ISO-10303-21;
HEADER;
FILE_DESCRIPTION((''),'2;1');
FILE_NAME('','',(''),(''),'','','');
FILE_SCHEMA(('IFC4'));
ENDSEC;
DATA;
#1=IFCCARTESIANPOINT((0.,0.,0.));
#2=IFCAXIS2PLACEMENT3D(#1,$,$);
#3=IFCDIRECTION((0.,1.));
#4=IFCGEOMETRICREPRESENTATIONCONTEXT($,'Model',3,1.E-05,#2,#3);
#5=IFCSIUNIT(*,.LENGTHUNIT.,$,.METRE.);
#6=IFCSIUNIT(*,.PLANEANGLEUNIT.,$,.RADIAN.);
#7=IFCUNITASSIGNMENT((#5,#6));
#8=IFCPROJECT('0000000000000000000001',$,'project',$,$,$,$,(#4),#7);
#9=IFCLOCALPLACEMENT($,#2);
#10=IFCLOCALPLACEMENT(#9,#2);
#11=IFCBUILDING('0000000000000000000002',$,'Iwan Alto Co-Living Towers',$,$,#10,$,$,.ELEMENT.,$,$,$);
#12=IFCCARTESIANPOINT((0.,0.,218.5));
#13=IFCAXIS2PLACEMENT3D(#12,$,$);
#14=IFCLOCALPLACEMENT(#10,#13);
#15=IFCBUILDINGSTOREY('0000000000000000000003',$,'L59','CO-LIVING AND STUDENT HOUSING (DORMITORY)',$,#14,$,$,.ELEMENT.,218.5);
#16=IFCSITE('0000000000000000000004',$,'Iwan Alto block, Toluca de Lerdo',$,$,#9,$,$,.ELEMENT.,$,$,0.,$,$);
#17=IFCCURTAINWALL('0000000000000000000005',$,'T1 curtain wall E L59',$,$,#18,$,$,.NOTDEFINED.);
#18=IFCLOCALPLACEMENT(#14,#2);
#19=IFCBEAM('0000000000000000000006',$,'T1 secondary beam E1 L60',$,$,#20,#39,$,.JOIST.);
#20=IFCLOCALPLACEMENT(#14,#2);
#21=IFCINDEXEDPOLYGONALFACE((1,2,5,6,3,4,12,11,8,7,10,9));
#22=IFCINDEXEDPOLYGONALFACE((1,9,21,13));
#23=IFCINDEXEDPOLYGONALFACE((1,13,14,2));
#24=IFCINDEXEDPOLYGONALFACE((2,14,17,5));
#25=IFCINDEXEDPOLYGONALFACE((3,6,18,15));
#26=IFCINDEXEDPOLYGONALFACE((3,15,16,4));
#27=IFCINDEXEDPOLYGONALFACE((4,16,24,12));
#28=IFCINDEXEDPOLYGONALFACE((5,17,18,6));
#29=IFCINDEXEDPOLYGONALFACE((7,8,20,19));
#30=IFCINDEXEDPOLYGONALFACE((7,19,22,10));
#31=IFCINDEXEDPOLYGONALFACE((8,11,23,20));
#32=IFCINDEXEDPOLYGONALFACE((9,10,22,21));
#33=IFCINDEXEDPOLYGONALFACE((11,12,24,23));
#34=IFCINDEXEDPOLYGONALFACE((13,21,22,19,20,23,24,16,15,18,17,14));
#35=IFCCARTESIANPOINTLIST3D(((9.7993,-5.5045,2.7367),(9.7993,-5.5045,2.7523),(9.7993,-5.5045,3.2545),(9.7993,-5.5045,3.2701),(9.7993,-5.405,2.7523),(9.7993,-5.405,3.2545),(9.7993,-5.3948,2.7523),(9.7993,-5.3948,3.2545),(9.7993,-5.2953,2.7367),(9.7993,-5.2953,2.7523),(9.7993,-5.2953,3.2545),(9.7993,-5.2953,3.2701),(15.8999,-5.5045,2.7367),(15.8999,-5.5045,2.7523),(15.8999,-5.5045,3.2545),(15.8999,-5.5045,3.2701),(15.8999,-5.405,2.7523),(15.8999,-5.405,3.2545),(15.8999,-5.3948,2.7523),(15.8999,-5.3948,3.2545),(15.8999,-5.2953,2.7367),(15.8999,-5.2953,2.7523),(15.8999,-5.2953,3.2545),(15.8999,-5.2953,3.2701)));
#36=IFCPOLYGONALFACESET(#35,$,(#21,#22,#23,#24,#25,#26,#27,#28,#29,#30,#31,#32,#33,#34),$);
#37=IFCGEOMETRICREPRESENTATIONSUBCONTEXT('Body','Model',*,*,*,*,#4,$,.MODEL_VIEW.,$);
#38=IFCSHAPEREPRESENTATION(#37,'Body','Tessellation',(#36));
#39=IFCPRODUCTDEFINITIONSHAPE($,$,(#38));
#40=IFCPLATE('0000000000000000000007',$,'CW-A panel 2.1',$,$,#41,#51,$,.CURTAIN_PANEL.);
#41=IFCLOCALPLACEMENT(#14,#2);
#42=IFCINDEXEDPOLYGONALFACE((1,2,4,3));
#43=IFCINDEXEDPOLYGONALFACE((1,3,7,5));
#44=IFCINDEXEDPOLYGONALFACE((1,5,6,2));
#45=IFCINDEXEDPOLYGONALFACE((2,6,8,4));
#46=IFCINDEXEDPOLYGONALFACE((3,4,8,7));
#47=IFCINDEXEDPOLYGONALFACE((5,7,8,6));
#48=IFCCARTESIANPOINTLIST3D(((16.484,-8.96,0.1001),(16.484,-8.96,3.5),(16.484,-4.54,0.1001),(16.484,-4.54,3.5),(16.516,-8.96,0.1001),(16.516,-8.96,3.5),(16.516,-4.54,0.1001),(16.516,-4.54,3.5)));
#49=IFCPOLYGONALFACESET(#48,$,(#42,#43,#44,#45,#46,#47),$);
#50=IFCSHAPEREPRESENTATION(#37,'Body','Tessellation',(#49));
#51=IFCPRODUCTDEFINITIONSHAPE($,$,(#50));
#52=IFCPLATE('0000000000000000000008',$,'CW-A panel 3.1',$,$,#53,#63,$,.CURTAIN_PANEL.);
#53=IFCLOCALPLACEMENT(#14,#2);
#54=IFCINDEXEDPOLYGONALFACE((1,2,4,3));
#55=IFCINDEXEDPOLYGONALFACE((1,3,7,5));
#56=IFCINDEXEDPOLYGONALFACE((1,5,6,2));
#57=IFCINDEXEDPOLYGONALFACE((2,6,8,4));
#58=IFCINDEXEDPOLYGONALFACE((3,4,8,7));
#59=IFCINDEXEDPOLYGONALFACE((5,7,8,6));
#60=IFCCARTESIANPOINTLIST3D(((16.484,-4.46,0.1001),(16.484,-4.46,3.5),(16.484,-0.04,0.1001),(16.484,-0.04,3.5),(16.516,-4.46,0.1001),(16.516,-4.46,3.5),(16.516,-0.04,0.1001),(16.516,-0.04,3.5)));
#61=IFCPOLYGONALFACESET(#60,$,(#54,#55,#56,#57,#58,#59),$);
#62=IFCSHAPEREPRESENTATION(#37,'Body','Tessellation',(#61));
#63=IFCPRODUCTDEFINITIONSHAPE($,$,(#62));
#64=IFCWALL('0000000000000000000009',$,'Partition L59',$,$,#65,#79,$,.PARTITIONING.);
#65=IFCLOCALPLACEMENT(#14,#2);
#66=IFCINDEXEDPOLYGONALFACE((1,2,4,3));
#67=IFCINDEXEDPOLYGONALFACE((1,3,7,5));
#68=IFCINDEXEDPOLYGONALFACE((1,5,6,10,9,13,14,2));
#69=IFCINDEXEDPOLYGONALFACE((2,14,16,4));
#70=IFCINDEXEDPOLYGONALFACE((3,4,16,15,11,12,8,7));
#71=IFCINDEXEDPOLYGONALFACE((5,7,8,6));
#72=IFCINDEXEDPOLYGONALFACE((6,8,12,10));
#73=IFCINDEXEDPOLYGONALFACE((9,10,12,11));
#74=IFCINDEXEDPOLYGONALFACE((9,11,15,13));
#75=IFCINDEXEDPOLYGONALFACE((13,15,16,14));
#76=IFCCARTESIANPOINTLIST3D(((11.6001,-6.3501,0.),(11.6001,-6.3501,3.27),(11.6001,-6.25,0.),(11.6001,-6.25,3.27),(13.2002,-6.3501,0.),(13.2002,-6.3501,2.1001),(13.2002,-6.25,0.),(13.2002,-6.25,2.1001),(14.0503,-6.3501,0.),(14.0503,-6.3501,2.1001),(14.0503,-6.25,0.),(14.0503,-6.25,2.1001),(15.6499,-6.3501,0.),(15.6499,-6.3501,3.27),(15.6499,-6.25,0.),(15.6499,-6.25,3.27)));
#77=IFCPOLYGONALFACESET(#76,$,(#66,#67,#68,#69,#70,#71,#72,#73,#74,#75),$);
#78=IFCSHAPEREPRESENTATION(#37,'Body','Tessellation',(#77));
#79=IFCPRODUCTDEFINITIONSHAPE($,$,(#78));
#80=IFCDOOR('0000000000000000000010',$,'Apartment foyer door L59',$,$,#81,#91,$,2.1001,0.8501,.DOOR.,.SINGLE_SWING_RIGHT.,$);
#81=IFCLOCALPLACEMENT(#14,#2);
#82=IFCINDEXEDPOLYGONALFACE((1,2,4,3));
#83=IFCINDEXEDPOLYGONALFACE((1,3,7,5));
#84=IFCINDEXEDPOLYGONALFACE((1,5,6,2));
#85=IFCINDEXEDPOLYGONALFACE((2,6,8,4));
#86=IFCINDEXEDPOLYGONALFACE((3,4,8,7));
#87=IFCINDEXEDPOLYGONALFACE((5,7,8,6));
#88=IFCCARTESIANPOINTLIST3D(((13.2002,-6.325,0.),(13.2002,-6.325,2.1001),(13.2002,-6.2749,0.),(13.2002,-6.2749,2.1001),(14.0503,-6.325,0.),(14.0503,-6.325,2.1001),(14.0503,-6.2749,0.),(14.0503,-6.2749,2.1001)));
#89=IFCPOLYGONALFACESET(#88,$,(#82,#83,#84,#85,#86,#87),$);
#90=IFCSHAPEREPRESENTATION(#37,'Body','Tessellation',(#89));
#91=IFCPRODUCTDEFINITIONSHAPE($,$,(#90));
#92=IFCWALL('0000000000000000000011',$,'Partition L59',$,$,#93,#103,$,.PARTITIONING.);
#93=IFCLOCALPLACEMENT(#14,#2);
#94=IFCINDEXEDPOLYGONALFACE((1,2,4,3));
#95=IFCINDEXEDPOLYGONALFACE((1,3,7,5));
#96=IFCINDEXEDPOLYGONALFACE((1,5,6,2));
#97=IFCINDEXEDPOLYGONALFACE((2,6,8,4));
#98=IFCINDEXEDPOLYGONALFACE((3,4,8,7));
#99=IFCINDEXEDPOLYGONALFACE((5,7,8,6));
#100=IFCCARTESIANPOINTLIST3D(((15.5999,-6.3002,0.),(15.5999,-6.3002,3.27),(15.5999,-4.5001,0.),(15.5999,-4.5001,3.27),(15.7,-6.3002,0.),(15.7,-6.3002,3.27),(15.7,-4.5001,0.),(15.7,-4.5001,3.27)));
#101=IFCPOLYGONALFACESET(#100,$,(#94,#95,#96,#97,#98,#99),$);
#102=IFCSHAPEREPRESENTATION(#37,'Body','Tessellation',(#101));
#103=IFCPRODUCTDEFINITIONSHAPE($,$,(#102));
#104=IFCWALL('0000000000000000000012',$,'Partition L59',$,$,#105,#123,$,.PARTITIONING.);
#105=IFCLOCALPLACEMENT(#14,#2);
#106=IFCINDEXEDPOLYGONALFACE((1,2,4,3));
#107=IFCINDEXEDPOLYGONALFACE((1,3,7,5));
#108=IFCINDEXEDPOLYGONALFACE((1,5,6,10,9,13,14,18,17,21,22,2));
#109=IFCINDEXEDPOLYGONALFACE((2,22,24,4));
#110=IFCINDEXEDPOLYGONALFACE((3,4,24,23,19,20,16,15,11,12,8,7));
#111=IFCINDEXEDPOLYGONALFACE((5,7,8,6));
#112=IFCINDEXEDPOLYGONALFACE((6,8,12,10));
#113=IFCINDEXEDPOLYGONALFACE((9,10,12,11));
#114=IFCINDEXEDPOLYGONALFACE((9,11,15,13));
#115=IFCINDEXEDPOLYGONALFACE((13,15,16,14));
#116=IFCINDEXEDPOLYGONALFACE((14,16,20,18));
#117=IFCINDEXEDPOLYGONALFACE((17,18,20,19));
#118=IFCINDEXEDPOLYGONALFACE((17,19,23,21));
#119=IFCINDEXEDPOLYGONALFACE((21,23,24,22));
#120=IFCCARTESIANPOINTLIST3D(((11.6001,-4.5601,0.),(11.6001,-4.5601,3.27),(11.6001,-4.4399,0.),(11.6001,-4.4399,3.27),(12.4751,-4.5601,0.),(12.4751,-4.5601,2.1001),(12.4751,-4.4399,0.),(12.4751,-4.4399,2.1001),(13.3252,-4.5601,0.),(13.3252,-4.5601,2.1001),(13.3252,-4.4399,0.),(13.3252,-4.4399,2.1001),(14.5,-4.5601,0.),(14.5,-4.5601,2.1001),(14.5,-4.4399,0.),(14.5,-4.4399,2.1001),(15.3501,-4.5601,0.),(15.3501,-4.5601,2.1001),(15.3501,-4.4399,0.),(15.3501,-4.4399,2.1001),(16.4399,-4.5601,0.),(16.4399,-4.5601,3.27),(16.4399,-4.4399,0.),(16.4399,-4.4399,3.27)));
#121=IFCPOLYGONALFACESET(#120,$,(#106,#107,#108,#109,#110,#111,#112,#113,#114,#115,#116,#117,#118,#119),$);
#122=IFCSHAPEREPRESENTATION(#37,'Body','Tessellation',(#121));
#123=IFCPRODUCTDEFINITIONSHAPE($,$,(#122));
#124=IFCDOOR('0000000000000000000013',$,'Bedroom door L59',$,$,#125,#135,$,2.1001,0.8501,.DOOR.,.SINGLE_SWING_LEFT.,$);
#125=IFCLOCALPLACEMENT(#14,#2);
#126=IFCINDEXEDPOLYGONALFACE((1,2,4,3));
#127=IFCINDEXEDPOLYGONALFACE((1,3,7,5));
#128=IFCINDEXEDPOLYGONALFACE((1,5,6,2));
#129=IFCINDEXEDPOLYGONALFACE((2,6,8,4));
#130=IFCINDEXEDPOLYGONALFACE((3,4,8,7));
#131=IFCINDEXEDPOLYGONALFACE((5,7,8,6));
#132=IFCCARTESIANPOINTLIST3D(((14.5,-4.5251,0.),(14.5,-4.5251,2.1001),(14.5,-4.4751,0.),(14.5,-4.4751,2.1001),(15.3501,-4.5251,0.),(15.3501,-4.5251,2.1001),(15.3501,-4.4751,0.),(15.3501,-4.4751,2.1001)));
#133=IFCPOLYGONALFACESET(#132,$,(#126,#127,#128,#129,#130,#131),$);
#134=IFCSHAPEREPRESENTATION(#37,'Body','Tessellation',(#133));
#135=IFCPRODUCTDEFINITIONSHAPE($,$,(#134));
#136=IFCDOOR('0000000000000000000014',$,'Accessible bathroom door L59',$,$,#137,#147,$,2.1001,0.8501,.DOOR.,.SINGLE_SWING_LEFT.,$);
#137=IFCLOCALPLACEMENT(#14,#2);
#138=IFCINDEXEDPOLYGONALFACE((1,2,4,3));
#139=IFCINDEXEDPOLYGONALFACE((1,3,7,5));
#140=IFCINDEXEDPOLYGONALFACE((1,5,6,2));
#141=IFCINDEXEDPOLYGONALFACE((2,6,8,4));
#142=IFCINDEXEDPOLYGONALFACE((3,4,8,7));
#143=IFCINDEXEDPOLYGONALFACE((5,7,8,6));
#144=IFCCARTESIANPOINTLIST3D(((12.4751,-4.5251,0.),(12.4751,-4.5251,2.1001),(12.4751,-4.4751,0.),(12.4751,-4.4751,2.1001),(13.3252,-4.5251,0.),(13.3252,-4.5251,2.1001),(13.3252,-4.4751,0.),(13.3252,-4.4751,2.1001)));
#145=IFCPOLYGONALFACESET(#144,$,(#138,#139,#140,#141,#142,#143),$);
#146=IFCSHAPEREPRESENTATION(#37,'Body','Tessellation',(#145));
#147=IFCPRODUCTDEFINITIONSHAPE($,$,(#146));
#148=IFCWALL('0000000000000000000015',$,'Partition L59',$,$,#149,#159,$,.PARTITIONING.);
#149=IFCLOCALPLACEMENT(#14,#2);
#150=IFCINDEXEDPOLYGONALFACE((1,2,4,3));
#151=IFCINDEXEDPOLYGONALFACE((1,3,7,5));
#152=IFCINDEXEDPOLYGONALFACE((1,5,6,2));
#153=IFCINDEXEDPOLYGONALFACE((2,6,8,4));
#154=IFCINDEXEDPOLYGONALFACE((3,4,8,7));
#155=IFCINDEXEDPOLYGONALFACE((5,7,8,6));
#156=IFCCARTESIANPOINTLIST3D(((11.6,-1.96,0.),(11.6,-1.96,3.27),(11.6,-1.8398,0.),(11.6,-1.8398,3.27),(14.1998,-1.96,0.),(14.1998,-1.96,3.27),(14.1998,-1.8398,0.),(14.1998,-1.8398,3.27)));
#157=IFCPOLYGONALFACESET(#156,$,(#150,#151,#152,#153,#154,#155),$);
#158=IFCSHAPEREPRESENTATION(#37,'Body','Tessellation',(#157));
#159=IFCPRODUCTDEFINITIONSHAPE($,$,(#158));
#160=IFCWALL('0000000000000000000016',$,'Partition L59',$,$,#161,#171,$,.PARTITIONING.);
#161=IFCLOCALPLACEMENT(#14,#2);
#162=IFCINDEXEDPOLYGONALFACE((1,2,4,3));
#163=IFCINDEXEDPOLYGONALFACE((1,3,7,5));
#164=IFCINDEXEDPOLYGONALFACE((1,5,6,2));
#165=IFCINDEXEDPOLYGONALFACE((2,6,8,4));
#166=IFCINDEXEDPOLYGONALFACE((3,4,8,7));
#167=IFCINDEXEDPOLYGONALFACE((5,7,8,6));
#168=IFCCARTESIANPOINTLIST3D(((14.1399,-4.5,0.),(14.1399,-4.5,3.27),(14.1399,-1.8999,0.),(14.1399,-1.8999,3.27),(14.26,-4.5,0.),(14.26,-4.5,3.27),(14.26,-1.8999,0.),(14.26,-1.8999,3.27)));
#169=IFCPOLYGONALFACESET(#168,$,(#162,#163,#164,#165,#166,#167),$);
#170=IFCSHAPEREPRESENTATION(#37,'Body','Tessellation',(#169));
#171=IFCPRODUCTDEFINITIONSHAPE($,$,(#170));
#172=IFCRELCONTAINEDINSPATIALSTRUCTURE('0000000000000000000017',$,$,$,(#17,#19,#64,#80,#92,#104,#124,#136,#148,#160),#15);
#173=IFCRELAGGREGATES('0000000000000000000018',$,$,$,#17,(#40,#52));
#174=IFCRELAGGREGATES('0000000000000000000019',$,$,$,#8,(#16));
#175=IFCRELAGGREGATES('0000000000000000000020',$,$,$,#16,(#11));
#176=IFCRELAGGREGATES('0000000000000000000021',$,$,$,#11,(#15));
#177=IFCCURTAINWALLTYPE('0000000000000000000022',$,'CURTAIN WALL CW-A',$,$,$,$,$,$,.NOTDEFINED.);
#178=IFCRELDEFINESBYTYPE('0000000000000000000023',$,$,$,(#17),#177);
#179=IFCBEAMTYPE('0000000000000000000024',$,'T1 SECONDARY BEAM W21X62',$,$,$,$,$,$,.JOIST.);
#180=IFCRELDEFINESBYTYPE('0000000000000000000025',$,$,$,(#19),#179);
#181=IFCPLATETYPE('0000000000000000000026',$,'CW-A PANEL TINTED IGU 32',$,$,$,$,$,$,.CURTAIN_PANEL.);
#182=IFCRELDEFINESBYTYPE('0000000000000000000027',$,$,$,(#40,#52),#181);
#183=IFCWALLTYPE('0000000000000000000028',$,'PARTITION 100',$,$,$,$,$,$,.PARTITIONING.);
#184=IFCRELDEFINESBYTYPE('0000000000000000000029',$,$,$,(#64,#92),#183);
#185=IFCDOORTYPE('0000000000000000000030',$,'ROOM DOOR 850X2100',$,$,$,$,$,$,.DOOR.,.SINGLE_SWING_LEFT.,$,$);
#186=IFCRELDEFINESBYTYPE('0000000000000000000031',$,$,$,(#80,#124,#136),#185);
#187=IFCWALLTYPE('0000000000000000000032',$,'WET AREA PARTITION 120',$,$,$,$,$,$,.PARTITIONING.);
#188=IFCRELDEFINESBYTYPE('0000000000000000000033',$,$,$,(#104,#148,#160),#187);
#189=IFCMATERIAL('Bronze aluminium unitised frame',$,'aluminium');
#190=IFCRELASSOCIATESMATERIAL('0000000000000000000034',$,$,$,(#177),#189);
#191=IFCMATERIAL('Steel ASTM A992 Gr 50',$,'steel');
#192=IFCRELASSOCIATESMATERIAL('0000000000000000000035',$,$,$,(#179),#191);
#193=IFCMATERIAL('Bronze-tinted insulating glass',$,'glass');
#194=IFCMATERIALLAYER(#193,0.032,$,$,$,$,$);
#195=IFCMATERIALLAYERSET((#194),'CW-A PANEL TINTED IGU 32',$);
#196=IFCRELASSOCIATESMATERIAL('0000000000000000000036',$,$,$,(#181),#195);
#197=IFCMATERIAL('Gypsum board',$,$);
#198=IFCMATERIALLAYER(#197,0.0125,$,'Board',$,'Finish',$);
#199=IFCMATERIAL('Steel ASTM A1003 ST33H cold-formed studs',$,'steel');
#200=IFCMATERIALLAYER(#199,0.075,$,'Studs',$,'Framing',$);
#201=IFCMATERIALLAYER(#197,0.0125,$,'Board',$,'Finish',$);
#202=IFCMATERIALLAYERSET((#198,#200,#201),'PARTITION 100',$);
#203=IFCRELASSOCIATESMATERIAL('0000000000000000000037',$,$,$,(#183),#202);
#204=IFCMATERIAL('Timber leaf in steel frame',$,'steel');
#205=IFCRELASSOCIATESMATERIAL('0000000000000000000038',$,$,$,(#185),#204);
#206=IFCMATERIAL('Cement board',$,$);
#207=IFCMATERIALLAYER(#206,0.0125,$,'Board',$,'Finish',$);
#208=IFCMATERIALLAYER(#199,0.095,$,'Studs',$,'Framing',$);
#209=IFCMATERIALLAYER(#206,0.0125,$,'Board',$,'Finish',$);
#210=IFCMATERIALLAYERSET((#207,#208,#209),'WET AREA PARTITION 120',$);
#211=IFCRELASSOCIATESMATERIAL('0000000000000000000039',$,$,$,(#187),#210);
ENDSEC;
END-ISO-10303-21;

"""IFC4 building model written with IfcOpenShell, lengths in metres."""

from ifc_helpers import new_model, si_unit, direction, frame, frame_2d, origin, origin_2d, place, context, subcontext, project, spatial, rectangle, i_section, extrude, material, layer, layer_set, material_profile, profile_set, type_object, element, fill, aggregate, save


model = new_model("IFC4")

# Units and contexts
model_context = context("Model", 3, precision=1e-05, world=origin(), true_north=direction((0.0, 1.0)))
body_context = subcontext(model_context, "Body", "Model", "MODEL_VIEW")
ifc_project = project(units=[si_unit("LENGTHUNIT", "METRE"), si_unit("PLANEANGLEUNIT", "RADIAN")], contexts=[model_context])

# Site, building, storey
site_placement = place(None, origin())
site = spatial("IfcSite", under=ifc_project, at=site_placement, Name="Iwan Alto block, Toluca de Lerdo", CompositionType="ELEMENT", RefElevation=0.0)
building_placement = place(site_placement, origin())
building = spatial("IfcBuilding", under=site, at=building_placement, Name="Iwan Alto Co-Living Towers", CompositionType="ELEMENT")
storey_placement = place(building_placement, frame((0.0, 0.0, 218.5)))
storey = spatial("IfcBuildingStorey", under=building, at=storey_placement, Name="L59", Description="CO-LIVING AND STUDENT HOUSING (DORMITORY)", CompositionType="ELEMENT", Elevation=218.5)

# Curtain wall
ifc_material_1 = material(Name="Bronze aluminium unitised frame", Category="aluminium")
curtain_wall_type = type_object("IfcCurtainWallType", Name="CURTAIN WALL CW-A", PredefinedType="NOTDEFINED", material=ifc_material_1)
curtain_wall_placement = place(storey_placement, origin())
curtain_wall = element("IfcCurtainWall", 1, at=curtain_wall_placement, inside=storey, type_object=curtain_wall_type, Name="T1 curtain wall E L59", PredefinedType="NOTDEFINED")

# Beam
ifc_material_2 = material(Name="Steel ASTM A992 Gr 50", Category="steel")
ifc_material_profile_1 = material_profile(ifc_material_2, i_section(OverallWidth=0.2092, OverallDepth=0.5334, WebThickness=0.0103, FlangeThickness=0.0156, at=origin_2d()), Name="W21X62")
ifc_profile_set_1 = profile_set([ifc_material_profile_1], Name="Steel ASTM A992 Gr 50")
beam_type_1 = type_object("IfcBeamType", Name="T1 SECONDARY BEAM W21X62", PredefinedType="JOIST", material=ifc_profile_set_1)
beam_1_placement = place(storey_placement, frame((15.8999, -5.3999, 3.0034), z_axis=(-1.0, 0.0, 0.0), x_axis=(0.0, -1.0, 0.0)))
element("IfcBeam", 2, at=beam_1_placement, inside=storey, type_object=beam_type_1, Name="T1 secondary beam E1 L60", PredefinedType="JOIST", context=body_context, shape_type="SweptSolid", body=[
    extrude(i_section(OverallWidth=0.2092, OverallDepth=0.5334, WebThickness=0.0103, FlangeThickness=0.0156, at=origin_2d()), origin(), (0.0, 0.0, 1.0), 6.1006),
])

# Plates
ifc_material_3 = material(Name="Bronze-tinted insulating glass", Category="glass")
ifc_layer_1 = layer(ifc_material_3, 0.032)
ifc_layer_set_1 = layer_set([ifc_layer_1], Name="CW-A PANEL TINTED IGU 32")
plate_type = type_object("IfcPlateType", Name="CW-A PANEL TINTED IGU 32", PredefinedType="CURTAIN_PANEL", material=ifc_layer_set_1)
plate_1_placement = place(storey_placement, frame((16.5, -6.75, 0.1001), z_axis=(0.0, 0.0, 1.0), x_axis=(0.0, 1.0, 0.0)))
plate_1 = element("IfcPlate", 3, at=plate_1_placement, type_object=plate_type, Name="CW-A panel 2.1", PredefinedType="CURTAIN_PANEL", context=body_context, shape_type="SweptSolid", body=[
    extrude(rectangle(XDim=4.4199, YDim=0.032, at=origin_2d()), origin(), (0.0, 0.0, 1.0), 3.3999),
])
plate_2_placement = place(storey_placement, frame((16.5, -2.25, 0.1001), z_axis=(0.0, 0.0, 1.0), x_axis=(0.0, 1.0, 0.0)))
plate_2 = element("IfcPlate", 4, at=plate_2_placement, type_object=plate_type, Name="CW-A panel 3.1", PredefinedType="CURTAIN_PANEL", context=body_context, shape_type="SweptSolid", body=[
    extrude(rectangle(XDim=4.4199, YDim=0.032, at=origin_2d()), origin(), (0.0, 0.0, 1.0), 3.3999),
])
aggregate(curtain_wall, [plate_1, plate_2])

# Wall, opening, door
ifc_material_4 = material(Name="Gypsum board")
ifc_layer_2 = layer(ifc_material_4, 0.0125, Name="Board", Category="Finish")
ifc_material_5 = material(Name="Steel ASTM A1003 ST33H cold-formed studs", Category="steel")
ifc_layer_3 = layer(ifc_material_5, 0.075, Name="Studs", Category="Framing")
ifc_layer_4 = layer(ifc_material_4, 0.0125, Name="Board", Category="Finish")
ifc_layer_set_2 = layer_set([ifc_layer_2, ifc_layer_3, ifc_layer_4], Name="PARTITION 100")
wall_type_1 = type_object("IfcWallType", Name="PARTITION 100", PredefinedType="PARTITIONING", material=ifc_layer_set_2)
wall_1_placement = place(storey_placement, frame((11.6001, -6.3, 0.0), z_axis=(0.0, 0.0, 1.0), x_axis=(1.0, 0.0, 0.0)))
wall_1 = element("IfcWall", 5, at=wall_1_placement, inside=storey, type_object=wall_type_1, Name="Partition L59", PredefinedType="PARTITIONING", context=body_context, shape_type="SweptSolid", body=[
    extrude(rectangle(XDim=4.0498, YDim=0.1001, at=frame_2d((2.0249, 0.0))), origin(), (0.0, 0.0, 1.0), 3.27),
])
opening_1_placement = place(wall_1_placement, frame((1.6001, 0.0, 0.0)))
opening_1 = element("IfcOpeningElement", 6, at=opening_1_placement, cuts=wall_1, PredefinedType="OPENING", context=body_context, shape_type="SweptSolid", body=[
    extrude(rectangle(XDim=0.8501, YDim=2.1001, at=frame_2d((0.425, 1.05))), frame((0.0, 0.0601, 0.0), z_axis=(0.0, -1.0, 0.0), x_axis=(1.0, 0.0, 0.0)), (0.0, 0.0, 1.0), 0.1201),
])
ifc_material_6 = material(Name="Timber leaf in steel frame", Category="steel")
door_type = type_object("IfcDoorType", Name="ROOM DOOR 850X2100", OperationType="SINGLE_SWING_LEFT", PredefinedType="DOOR", material=ifc_material_6)
door_1_placement = place(opening_1_placement, frame((0.8501, 0.0, 0.0), z_axis=(0.0, 0.0, 1.0), x_axis=(-1.0, 0.0, 0.0)))
door_1 = element("IfcDoor", 7, at=door_1_placement, inside=storey, type_object=door_type, Name="Apartment foyer door L59", OperationType="SINGLE_SWING_RIGHT", OverallHeight=2.1001, OverallWidth=0.8501, PredefinedType="DOOR", context=body_context, shape_type="SweptSolid", body=[
    extrude(rectangle(XDim=0.8501, YDim=2.1001, at=frame_2d((0.425, 1.05))), frame((0.0, 0.0249, 0.0), z_axis=(0.0, -1.0, 0.0), x_axis=(1.0, 0.0, 0.0)), (0.0, 0.0, 1.0), 0.05),
])
fill(opening_1, door_1)

# Wall
wall_2_placement = place(storey_placement, frame((15.6499, -6.3, 0.0), z_axis=(0.0, 0.0, 1.0), x_axis=(0.0, 1.0, 0.0)))
element("IfcWall", 8, at=wall_2_placement, inside=storey, type_object=wall_type_1, Name="Partition L59", PredefinedType="PARTITIONING", context=body_context, shape_type="SweptSolid", body=[
    extrude(rectangle(XDim=1.8, YDim=0.1001, at=frame_2d((0.8999, 0.0))), origin(), (0.0, 0.0, 1.0), 3.27),
])

# Wall, openings, doors
ifc_material_7 = material(Name="Cement board")
ifc_layer_5 = layer(ifc_material_7, 0.0125, Name="Board", Category="Finish")
ifc_layer_6 = layer(ifc_material_5, 0.095, Name="Studs", Category="Framing")
ifc_layer_7 = layer(ifc_material_7, 0.0125, Name="Board", Category="Finish")
ifc_layer_set_3 = layer_set([ifc_layer_5, ifc_layer_6, ifc_layer_7], Name="WET AREA PARTITION 120")
wall_type_2 = type_object("IfcWallType", Name="WET AREA PARTITION 120", PredefinedType="PARTITIONING", material=ifc_layer_set_3)
wall_3_placement = place(storey_placement, frame((11.6001, -4.5, 0.0), z_axis=(0.0, 0.0, 1.0), x_axis=(1.0, 0.0, 0.0)))
wall_3 = element("IfcWall", 9, at=wall_3_placement, inside=storey, type_object=wall_type_2, Name="Partition L59", PredefinedType="PARTITIONING", context=body_context, shape_type="SweptSolid", body=[
    extrude(rectangle(XDim=4.8398, YDim=0.1201, at=frame_2d((2.4199, 0.0))), origin(), (0.0, 0.0, 1.0), 3.27),
])
opening_2_placement = place(wall_3_placement, frame((2.8999, 0.0, 0.0)))
opening_2 = element("IfcOpeningElement", 10, at=opening_2_placement, cuts=wall_3, PredefinedType="OPENING", context=body_context, shape_type="SweptSolid", body=[
    extrude(rectangle(XDim=0.8501, YDim=2.1001, at=frame_2d((0.425, 1.05))), frame((0.0, 0.0701, 0.0), z_axis=(0.0, -1.0, 0.0), x_axis=(1.0, 0.0, 0.0)), (0.0, 0.0, 1.0), 0.1401),
])
opening_3_placement = place(wall_3_placement, frame((0.875, 0.0, 0.0)))
opening_3 = element("IfcOpeningElement", 11, at=opening_3_placement, cuts=wall_3, PredefinedType="OPENING", context=body_context, shape_type="SweptSolid", body=[
    extrude(rectangle(XDim=0.8501, YDim=2.1001, at=frame_2d((0.425, 1.05))), frame((0.0, 0.0701, 0.0), z_axis=(0.0, -1.0, 0.0), x_axis=(1.0, 0.0, 0.0)), (0.0, 0.0, 1.0), 0.1401),
])
door_2_placement = place(opening_2_placement, origin())
door_2 = element("IfcDoor", 12, at=door_2_placement, inside=storey, type_object=door_type, Name="Bedroom door L59", OperationType="SINGLE_SWING_LEFT", OverallHeight=2.1001, OverallWidth=0.8501, PredefinedType="DOOR", context=body_context, shape_type="SweptSolid", body=[
    extrude(rectangle(XDim=0.8501, YDim=2.1001, at=frame_2d((0.425, 1.05))), frame((0.0, 0.0249, 0.0), z_axis=(0.0, -1.0, 0.0), x_axis=(1.0, 0.0, 0.0)), (0.0, 0.0, 1.0), 0.05),
])
fill(opening_2, door_2)
door_3_placement = place(opening_3_placement, origin())
door_3 = element("IfcDoor", 13, at=door_3_placement, inside=storey, type_object=door_type, Name="Accessible bathroom door L59", OperationType="SINGLE_SWING_LEFT", OverallHeight=2.1001, OverallWidth=0.8501, PredefinedType="DOOR", context=body_context, shape_type="SweptSolid", body=[
    extrude(rectangle(XDim=0.8501, YDim=2.1001, at=frame_2d((0.425, 1.05))), frame((0.0, 0.0249, 0.0), z_axis=(0.0, -1.0, 0.0), x_axis=(1.0, 0.0, 0.0)), (0.0, 0.0, 1.0), 0.05),
])
fill(opening_3, door_3)

# Walls
wall_4_placement = place(storey_placement, frame((11.6001, -1.8999, 0.0), z_axis=(0.0, 0.0, 1.0), x_axis=(1.0, 0.0, 0.0)))
element("IfcWall", 14, at=wall_4_placement, inside=storey, type_object=wall_type_2, Name="Partition L59", PredefinedType="PARTITIONING", context=body_context, shape_type="SweptSolid", body=[
    extrude(rectangle(XDim=2.5999, YDim=0.1201, at=frame_2d((1.2998, 0.0))), origin(), (0.0, 0.0, 1.0), 3.27),
])
wall_5_placement = place(storey_placement, frame((14.2, -4.5, 0.0), z_axis=(0.0, 0.0, 1.0), x_axis=(0.0, 1.0, 0.0)))
element("IfcWall", 15, at=wall_5_placement, inside=storey, type_object=wall_type_2, Name="Partition L59", PredefinedType="PARTITIONING", context=body_context, shape_type="SweptSolid", body=[
    extrude(rectangle(XDim=2.6001, YDim=0.1201, at=frame_2d((1.3, 0.0))), origin(), (0.0, 0.0, 1.0), 3.27),
])

save(model, "model.ifc")
